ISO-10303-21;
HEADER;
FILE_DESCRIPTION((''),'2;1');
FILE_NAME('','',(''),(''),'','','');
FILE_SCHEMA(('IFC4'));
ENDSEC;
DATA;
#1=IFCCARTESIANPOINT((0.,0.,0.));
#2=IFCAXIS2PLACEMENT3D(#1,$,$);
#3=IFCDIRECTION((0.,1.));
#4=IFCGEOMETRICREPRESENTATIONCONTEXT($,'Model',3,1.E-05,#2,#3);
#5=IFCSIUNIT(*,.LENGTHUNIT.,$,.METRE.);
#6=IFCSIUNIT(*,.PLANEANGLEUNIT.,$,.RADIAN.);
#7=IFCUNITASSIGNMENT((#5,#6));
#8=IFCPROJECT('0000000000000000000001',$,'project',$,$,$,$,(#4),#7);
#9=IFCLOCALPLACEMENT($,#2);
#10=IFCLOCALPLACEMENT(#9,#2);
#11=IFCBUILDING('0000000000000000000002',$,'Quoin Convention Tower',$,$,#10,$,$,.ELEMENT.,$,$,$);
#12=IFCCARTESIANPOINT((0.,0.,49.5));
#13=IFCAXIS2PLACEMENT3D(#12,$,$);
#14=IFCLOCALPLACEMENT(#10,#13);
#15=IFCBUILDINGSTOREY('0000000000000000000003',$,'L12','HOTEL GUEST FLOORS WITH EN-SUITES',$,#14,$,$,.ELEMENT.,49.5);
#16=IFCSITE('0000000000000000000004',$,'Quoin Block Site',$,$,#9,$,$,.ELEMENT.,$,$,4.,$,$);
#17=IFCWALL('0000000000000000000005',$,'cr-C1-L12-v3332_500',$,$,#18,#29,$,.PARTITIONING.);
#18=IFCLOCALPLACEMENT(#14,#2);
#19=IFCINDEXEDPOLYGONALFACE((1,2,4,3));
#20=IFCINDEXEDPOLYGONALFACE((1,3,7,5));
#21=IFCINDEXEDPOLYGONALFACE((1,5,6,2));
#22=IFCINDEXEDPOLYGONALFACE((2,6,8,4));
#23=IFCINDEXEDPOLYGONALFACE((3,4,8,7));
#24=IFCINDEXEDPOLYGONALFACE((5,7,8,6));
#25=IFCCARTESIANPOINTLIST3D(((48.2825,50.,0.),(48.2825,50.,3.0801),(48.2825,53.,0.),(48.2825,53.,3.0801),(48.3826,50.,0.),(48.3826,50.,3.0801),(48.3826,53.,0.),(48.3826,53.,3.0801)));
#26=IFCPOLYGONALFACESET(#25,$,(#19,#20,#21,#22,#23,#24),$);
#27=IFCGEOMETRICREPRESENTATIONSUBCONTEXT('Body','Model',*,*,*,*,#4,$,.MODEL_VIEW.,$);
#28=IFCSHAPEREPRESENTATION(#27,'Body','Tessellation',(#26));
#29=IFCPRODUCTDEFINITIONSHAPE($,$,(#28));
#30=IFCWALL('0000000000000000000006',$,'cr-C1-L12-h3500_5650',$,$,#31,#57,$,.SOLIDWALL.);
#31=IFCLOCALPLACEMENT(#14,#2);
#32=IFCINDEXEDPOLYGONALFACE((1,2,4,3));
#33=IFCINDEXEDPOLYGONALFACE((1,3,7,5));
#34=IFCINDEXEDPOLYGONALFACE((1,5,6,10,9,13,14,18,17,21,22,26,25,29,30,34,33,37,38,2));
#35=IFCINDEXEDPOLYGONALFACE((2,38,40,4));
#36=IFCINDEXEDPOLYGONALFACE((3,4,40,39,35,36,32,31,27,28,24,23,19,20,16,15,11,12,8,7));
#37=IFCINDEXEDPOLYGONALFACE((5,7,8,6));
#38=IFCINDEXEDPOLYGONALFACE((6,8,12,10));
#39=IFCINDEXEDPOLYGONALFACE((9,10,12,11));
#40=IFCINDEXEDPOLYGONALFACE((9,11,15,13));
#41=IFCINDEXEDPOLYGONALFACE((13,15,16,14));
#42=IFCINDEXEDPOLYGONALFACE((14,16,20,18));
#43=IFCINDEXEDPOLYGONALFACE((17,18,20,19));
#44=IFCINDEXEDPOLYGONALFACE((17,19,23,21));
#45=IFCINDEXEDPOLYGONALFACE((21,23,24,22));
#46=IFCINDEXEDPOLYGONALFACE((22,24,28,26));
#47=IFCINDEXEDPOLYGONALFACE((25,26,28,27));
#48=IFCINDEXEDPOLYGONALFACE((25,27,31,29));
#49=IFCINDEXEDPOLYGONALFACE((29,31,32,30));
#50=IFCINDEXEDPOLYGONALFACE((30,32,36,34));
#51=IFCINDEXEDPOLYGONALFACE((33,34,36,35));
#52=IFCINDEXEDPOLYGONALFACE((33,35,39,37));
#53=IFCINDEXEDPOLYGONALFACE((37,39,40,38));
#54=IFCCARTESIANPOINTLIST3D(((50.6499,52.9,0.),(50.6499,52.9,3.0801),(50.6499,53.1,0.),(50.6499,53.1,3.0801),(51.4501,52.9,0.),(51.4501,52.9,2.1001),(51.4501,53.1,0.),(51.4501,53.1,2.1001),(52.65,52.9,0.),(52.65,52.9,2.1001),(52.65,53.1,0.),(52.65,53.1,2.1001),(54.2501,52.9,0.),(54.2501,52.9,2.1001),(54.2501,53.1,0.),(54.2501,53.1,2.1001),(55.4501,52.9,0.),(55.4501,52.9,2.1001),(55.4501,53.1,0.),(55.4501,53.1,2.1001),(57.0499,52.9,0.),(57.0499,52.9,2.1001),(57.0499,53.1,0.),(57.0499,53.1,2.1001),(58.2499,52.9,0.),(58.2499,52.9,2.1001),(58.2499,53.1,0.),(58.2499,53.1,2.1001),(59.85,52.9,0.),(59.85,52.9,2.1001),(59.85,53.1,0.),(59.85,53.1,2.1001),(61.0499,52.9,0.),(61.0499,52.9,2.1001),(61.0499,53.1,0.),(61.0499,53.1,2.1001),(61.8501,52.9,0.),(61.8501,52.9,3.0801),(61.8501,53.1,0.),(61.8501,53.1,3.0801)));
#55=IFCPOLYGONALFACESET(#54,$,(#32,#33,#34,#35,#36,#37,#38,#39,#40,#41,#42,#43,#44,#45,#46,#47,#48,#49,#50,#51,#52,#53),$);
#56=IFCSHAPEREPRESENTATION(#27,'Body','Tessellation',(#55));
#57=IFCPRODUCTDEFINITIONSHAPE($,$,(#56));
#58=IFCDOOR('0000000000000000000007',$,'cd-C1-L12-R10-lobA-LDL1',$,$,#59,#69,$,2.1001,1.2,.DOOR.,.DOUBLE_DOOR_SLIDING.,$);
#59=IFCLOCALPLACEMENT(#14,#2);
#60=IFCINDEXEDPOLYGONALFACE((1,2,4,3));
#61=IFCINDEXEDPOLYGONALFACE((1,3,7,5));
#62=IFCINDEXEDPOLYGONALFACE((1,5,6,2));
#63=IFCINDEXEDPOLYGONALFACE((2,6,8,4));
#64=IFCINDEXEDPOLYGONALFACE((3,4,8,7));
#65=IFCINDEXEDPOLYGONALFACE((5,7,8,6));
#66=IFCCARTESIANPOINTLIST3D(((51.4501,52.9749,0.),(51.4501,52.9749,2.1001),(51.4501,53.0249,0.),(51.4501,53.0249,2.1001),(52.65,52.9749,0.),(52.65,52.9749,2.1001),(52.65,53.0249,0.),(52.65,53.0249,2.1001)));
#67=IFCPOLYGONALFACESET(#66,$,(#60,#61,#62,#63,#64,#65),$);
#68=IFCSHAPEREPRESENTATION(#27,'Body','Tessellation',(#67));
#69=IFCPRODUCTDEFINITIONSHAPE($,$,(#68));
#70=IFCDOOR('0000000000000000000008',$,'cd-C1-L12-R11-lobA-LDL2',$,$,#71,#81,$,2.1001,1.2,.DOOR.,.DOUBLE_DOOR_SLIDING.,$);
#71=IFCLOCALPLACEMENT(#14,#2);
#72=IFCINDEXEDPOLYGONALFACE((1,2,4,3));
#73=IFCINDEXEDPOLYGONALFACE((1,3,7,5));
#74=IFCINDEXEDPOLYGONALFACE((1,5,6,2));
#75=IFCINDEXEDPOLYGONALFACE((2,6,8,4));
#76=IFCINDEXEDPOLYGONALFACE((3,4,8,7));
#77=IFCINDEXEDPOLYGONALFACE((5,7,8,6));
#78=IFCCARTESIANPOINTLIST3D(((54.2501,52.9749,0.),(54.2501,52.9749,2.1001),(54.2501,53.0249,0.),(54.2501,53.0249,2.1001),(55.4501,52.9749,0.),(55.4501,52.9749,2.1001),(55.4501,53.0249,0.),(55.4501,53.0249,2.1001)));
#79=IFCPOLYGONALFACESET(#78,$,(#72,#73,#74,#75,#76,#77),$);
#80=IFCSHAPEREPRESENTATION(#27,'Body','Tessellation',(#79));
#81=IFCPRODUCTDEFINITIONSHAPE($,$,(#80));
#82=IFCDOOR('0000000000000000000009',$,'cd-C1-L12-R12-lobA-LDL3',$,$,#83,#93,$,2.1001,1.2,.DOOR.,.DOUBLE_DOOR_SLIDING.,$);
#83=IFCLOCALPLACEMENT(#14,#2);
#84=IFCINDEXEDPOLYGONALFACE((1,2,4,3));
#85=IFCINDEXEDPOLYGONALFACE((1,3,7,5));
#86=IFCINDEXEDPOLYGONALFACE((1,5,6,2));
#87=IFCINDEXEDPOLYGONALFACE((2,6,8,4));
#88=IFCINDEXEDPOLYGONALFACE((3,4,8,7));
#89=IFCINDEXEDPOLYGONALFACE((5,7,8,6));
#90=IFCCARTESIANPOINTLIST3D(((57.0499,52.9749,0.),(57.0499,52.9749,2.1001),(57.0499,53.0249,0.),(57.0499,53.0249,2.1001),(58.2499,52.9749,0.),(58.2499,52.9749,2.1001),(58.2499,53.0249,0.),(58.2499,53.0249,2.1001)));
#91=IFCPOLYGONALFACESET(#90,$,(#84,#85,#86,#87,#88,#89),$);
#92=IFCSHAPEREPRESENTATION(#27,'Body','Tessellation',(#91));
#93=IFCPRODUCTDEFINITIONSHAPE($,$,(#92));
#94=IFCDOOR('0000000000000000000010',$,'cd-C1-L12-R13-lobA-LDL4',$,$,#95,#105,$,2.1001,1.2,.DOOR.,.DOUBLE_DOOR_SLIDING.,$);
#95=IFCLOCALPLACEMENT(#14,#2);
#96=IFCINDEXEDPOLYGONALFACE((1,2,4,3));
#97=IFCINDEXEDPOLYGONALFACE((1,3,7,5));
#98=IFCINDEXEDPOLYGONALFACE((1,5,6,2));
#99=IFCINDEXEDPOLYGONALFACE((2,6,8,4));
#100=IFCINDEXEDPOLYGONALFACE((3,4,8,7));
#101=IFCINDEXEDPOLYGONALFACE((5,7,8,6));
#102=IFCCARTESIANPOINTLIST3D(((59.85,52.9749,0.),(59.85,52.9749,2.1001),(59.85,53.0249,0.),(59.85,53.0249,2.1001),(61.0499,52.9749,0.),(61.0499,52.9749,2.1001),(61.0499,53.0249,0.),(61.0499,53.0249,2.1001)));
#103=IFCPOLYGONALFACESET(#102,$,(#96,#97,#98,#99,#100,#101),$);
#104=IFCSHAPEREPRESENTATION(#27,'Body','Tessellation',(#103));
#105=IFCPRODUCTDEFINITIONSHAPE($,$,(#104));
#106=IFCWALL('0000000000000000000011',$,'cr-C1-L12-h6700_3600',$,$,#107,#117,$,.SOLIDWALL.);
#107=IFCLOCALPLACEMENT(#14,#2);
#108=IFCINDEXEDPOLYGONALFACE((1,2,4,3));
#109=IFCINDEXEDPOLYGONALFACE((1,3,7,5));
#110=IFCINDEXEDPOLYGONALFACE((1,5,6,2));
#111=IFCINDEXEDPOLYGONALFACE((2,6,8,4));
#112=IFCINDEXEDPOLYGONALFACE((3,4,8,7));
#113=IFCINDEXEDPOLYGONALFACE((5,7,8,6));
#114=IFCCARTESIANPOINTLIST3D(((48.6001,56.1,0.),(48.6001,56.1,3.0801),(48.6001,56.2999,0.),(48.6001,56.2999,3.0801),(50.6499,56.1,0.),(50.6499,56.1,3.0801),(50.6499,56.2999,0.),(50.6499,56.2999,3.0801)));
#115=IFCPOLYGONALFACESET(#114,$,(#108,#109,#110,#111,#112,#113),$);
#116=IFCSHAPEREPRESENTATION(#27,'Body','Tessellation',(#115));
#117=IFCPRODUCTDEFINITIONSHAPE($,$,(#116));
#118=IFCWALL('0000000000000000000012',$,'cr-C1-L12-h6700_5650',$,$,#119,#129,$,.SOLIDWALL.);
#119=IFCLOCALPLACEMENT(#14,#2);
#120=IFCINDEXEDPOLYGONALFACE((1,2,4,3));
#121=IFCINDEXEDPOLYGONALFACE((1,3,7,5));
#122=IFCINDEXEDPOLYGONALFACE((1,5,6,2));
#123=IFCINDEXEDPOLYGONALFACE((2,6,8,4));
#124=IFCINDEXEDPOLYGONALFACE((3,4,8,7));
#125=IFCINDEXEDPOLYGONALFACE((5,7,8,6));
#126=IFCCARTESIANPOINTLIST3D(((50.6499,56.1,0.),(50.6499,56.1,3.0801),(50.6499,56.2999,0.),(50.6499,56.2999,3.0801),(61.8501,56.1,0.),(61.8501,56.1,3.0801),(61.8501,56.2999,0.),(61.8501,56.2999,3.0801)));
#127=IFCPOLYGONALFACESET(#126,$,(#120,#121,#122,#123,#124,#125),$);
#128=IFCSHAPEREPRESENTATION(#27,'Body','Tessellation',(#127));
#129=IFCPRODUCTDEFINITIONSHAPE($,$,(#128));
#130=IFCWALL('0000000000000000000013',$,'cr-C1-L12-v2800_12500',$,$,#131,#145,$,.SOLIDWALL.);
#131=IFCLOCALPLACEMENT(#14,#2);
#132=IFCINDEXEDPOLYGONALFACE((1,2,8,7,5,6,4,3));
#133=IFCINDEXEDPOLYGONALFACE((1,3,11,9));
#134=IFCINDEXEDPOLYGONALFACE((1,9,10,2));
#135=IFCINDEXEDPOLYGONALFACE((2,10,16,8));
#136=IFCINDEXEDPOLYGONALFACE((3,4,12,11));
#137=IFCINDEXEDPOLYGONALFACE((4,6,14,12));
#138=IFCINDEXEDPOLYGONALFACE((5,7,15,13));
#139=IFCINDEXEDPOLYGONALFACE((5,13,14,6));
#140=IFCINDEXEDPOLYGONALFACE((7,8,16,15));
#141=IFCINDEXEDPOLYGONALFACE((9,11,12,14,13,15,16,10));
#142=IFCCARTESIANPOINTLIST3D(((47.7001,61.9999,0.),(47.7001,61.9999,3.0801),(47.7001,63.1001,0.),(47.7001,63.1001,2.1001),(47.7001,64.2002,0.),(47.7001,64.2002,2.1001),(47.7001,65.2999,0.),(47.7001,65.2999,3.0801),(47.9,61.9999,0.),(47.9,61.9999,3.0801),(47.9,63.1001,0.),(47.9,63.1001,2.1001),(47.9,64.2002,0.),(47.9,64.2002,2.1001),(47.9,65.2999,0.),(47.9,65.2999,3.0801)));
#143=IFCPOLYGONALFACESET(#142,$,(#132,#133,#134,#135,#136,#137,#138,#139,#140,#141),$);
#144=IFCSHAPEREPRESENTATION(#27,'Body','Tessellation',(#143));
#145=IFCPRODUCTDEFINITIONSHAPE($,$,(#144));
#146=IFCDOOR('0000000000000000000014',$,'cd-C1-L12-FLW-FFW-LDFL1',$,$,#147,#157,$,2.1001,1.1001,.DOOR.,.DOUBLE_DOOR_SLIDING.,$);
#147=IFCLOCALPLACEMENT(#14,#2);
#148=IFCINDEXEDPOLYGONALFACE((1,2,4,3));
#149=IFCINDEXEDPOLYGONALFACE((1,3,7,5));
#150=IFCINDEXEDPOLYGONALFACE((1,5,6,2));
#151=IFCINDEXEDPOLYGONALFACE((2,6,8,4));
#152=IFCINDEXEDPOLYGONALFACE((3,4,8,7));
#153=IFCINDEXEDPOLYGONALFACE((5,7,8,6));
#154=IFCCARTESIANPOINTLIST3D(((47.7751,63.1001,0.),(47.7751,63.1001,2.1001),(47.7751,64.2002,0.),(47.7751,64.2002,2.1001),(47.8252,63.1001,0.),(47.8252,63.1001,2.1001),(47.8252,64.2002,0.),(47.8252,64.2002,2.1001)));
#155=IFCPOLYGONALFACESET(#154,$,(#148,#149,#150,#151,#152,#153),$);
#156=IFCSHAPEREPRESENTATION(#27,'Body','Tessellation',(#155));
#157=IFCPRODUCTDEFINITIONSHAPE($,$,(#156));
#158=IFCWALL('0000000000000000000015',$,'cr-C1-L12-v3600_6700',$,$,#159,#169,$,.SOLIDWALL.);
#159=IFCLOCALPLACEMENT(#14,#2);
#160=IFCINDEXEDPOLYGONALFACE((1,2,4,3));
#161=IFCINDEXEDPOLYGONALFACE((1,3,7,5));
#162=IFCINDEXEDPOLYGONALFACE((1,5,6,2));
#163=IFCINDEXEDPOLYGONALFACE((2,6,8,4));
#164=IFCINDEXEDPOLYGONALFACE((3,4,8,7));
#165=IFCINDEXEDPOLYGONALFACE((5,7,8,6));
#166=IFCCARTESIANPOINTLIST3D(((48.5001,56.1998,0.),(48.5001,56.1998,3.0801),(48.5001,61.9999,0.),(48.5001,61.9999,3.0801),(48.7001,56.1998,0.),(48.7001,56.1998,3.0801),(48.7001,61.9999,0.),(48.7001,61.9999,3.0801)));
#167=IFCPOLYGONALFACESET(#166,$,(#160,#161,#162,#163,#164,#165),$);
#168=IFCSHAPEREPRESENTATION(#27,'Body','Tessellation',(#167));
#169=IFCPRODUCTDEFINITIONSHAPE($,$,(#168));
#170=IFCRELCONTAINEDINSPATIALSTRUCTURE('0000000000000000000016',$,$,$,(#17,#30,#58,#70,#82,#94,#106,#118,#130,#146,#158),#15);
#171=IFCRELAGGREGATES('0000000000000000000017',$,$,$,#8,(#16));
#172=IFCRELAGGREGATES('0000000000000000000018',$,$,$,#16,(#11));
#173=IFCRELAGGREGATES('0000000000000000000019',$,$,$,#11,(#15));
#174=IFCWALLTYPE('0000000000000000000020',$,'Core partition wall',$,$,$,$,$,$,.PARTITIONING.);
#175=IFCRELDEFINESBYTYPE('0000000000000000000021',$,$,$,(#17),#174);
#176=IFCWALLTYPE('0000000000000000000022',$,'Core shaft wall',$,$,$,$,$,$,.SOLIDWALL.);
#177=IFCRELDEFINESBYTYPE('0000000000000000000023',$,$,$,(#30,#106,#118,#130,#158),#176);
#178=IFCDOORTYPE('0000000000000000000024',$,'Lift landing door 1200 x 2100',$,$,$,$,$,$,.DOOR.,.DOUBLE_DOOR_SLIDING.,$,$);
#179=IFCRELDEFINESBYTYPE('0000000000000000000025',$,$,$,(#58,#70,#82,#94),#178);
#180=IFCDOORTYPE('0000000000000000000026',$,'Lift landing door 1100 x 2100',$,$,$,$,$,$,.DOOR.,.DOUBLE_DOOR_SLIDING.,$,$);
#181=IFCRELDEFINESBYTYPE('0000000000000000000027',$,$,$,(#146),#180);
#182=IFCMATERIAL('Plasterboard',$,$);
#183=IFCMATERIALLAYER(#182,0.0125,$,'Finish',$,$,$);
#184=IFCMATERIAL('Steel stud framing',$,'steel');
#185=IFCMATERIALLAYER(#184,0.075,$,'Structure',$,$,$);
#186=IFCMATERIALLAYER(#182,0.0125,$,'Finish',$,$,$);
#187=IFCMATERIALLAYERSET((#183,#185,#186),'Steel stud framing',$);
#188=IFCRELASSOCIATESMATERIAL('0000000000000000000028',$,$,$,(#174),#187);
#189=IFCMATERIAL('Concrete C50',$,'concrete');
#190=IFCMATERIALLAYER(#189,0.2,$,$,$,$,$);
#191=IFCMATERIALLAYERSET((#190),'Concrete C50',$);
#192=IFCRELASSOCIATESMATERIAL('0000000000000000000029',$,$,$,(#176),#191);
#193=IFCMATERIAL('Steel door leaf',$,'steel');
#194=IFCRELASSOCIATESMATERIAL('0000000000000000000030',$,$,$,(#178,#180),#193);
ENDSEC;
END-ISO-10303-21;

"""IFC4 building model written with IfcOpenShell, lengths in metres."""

from ifc_helpers import new_model, si_unit, direction, frame, frame_2d, origin, place, context, subcontext, project, spatial, rectangle, extrude, material, layer, layer_set, type_object, element, fill, save


model = new_model("IFC4")

# Units and contexts
model_context = context("Model", 3, precision=1e-05, world=origin(), true_north=direction((0.0, 1.0)))
body_context = subcontext(model_context, "Body", "Model", "MODEL_VIEW")
ifc_project = project(units=[si_unit("LENGTHUNIT", "METRE"), si_unit("PLANEANGLEUNIT", "RADIAN")], contexts=[model_context])

# Site, building, storey
site_placement = place(None, origin())
site = spatial("IfcSite", under=ifc_project, at=site_placement, Name="Quoin Block Site", CompositionType="ELEMENT", RefElevation=4.0)
building_placement = place(site_placement, origin())
building = spatial("IfcBuilding", under=site, at=building_placement, Name="Quoin Convention Tower", CompositionType="ELEMENT")
storey_placement = place(building_placement, frame((0.0, 0.0, 49.5)))
storey = spatial("IfcBuildingStorey", under=building, at=storey_placement, Name="L12", Description="HOTEL GUEST FLOORS WITH EN-SUITES", CompositionType="ELEMENT", Elevation=49.5)

# Wall
ifc_material_1 = material(Name="Plasterboard")
ifc_layer_1 = layer(ifc_material_1, 0.0125, Name="Finish")
ifc_material_2 = material(Name="Steel stud framing", Category="steel")
ifc_layer_2 = layer(ifc_material_2, 0.075, Name="Structure")
ifc_layer_3 = layer(ifc_material_1, 0.0125, Name="Finish")
ifc_layer_set_1 = layer_set([ifc_layer_1, ifc_layer_2, ifc_layer_3], Name="Steel stud framing")
wall_type_1 = type_object("IfcWallType", Name="Core partition wall", PredefinedType="PARTITIONING", material=ifc_layer_set_1)
wall_1_placement = place(storey_placement, frame((48.3325, 50.0, 0.0), z_axis=(0.0, 0.0, 1.0), x_axis=(0.0, 1.0, 0.0)))
element("IfcWall", 1, at=wall_1_placement, inside=storey, type_object=wall_type_1, Name="cr-C1-L12-v3332_500", PredefinedType="PARTITIONING", context=body_context, shape_type="SweptSolid", body=[
    extrude(rectangle(XDim=3.0, YDim=0.1001, at=frame_2d((1.5, 0.0))), origin(), (0.0, 0.0, 1.0), 3.0801),
])

# Wall, openings, doors
ifc_material_3 = material(Name="Concrete C50", Category="concrete")
ifc_layer_4 = layer(ifc_material_3, 0.2)
ifc_layer_set_2 = layer_set([ifc_layer_4], Name="Concrete C50")
wall_type_2 = type_object("IfcWallType", Name="Core shaft wall", PredefinedType="SOLIDWALL", material=ifc_layer_set_2)
wall_2_placement = place(storey_placement, frame((50.6499, 53.0, 0.0), z_axis=(0.0, 0.0, 1.0), x_axis=(1.0, 0.0, 0.0)))
wall_2 = element("IfcWall", 2, at=wall_2_placement, inside=storey, type_object=wall_type_2, Name="cr-C1-L12-h3500_5650", PredefinedType="SOLIDWALL", context=body_context, shape_type="SweptSolid", body=[
    extrude(rectangle(XDim=11.2002, YDim=0.2, at=frame_2d((5.6001, 0.0))), origin(), (0.0, 0.0, 1.0), 3.0801),
])
opening_1_placement = place(wall_2_placement, frame((0.8, 0.0, 0.0)))
opening_1 = element("IfcOpeningElement", 3, at=opening_1_placement, cuts=wall_2, PredefinedType="OPENING", context=body_context, shape_type="SweptSolid", body=[
    extrude(rectangle(XDim=1.2, YDim=2.1001, at=frame_2d((0.6001, 1.05))), frame((0.0, 0.1099, 0.0), z_axis=(0.0, -1.0, 0.0), x_axis=(1.0, 0.0, 0.0)), (0.0, 0.0, 1.0), 0.22),
])
opening_2_placement = place(wall_2_placement, frame((3.6001, 0.0, 0.0)))
opening_2 = element("IfcOpeningElement", 4, at=opening_2_placement, cuts=wall_2, PredefinedType="OPENING", context=body_context, shape_type="SweptSolid", body=[
    extrude(rectangle(XDim=1.2, YDim=2.1001, at=frame_2d((0.6001, 1.05))), frame((0.0, 0.1099, 0.0), z_axis=(0.0, -1.0, 0.0), x_axis=(1.0, 0.0, 0.0)), (0.0, 0.0, 1.0), 0.22),
])
opening_3_placement = place(wall_2_placement, frame((6.3999, 0.0, 0.0)))
opening_3 = element("IfcOpeningElement", 5, at=opening_3_placement, cuts=wall_2, PredefinedType="OPENING", context=body_context, shape_type="SweptSolid", body=[
    extrude(rectangle(XDim=1.2, YDim=2.1001, at=frame_2d((0.6001, 1.05))), frame((0.0, 0.1099, 0.0), z_axis=(0.0, -1.0, 0.0), x_axis=(1.0, 0.0, 0.0)), (0.0, 0.0, 1.0), 0.22),
])
opening_4_placement = place(wall_2_placement, frame((9.2, 0.0, 0.0)))
opening_4 = element("IfcOpeningElement", 6, at=opening_4_placement, cuts=wall_2, PredefinedType="OPENING", context=body_context, shape_type="SweptSolid", body=[
    extrude(rectangle(XDim=1.2, YDim=2.1001, at=frame_2d((0.6001, 1.05))), frame((0.0, 0.1099, 0.0), z_axis=(0.0, -1.0, 0.0), x_axis=(1.0, 0.0, 0.0)), (0.0, 0.0, 1.0), 0.22),
])
ifc_material_4 = material(Name="Steel door leaf", Category="steel")
door_type_1 = type_object("IfcDoorType", Name="Lift landing door 1200 x 2100", OperationType="DOUBLE_DOOR_SLIDING", PredefinedType="DOOR", material=ifc_material_4)
door_1_placement = place(opening_1_placement, origin())
door_1 = element("IfcDoor", 7, at=door_1_placement, inside=storey, type_object=door_type_1, Name="cd-C1-L12-R10-lobA-LDL1", OperationType="DOUBLE_DOOR_SLIDING", OverallHeight=2.1001, OverallWidth=1.2, PredefinedType="DOOR", context=body_context, shape_type="SweptSolid", body=[
    extrude(rectangle(XDim=1.2, YDim=2.1001, at=frame_2d((0.6001, 1.05))), frame((0.0, 0.0249, 0.0), z_axis=(0.0, -1.0, 0.0), x_axis=(1.0, 0.0, 0.0)), (0.0, 0.0, 1.0), 0.05),
])
fill(opening_1, door_1)
door_2_placement = place(opening_2_placement, origin())
door_2 = element("IfcDoor", 8, at=door_2_placement, inside=storey, type_object=door_type_1, Name="cd-C1-L12-R11-lobA-LDL2", OperationType="DOUBLE_DOOR_SLIDING", OverallHeight=2.1001, OverallWidth=1.2, PredefinedType="DOOR", context=body_context, shape_type="SweptSolid", body=[
    extrude(rectangle(XDim=1.2, YDim=2.1001, at=frame_2d((0.6001, 1.05))), frame((0.0, 0.0249, 0.0), z_axis=(0.0, -1.0, 0.0), x_axis=(1.0, 0.0, 0.0)), (0.0, 0.0, 1.0), 0.05),
])
fill(opening_2, door_2)
door_3_placement = place(opening_3_placement, origin())
door_3 = element("IfcDoor", 9, at=door_3_placement, inside=storey, type_object=door_type_1, Name="cd-C1-L12-R12-lobA-LDL3", OperationType="DOUBLE_DOOR_SLIDING", OverallHeight=2.1001, OverallWidth=1.2, PredefinedType="DOOR", context=body_context, shape_type="SweptSolid", body=[
    extrude(rectangle(XDim=1.2, YDim=2.1001, at=frame_2d((0.6001, 1.05))), frame((0.0, 0.0249, 0.0), z_axis=(0.0, -1.0, 0.0), x_axis=(1.0, 0.0, 0.0)), (0.0, 0.0, 1.0), 0.05),
])
fill(opening_3, door_3)
door_4_placement = place(opening_4_placement, origin())
door_4 = element("IfcDoor", 10, at=door_4_placement, inside=storey, type_object=door_type_1, Name="cd-C1-L12-R13-lobA-LDL4", OperationType="DOUBLE_DOOR_SLIDING", OverallHeight=2.1001, OverallWidth=1.2, PredefinedType="DOOR", context=body_context, shape_type="SweptSolid", body=[
    extrude(rectangle(XDim=1.2, YDim=2.1001, at=frame_2d((0.6001, 1.05))), frame((0.0, 0.0249, 0.0), z_axis=(0.0, -1.0, 0.0), x_axis=(1.0, 0.0, 0.0)), (0.0, 0.0, 1.0), 0.05),
])
fill(opening_4, door_4)

# Walls
wall_3_placement = place(storey_placement, frame((48.6001, 56.2, 0.0), z_axis=(0.0, 0.0, 1.0), x_axis=(1.0, 0.0, 0.0)))
element("IfcWall", 11, at=wall_3_placement, inside=storey, type_object=wall_type_2, Name="cr-C1-L12-h6700_3600", PredefinedType="SOLIDWALL", context=body_context, shape_type="SweptSolid", body=[
    extrude(rectangle(XDim=2.0498, YDim=0.2, at=frame_2d((1.0249, 0.0))), origin(), (0.0, 0.0, 1.0), 3.0801),
])
wall_4_placement = place(storey_placement, frame((50.6499, 56.2, 0.0), z_axis=(0.0, 0.0, 1.0), x_axis=(1.0, 0.0, 0.0)))
element("IfcWall", 12, at=wall_4_placement, inside=storey, type_object=wall_type_2, Name="cr-C1-L12-h6700_5650", PredefinedType="SOLIDWALL", context=body_context, shape_type="SweptSolid", body=[
    extrude(rectangle(XDim=11.2002, YDim=0.2, at=frame_2d((5.6001, 0.0))), origin(), (0.0, 0.0, 1.0), 3.0801),
])

# Wall, opening, door
wall_5_placement = place(storey_placement, frame((47.8, 62.0, 0.0), z_axis=(0.0, 0.0, 1.0), x_axis=(0.0, 1.0, 0.0)))
wall_5 = element("IfcWall", 13, at=wall_5_placement, inside=storey, type_object=wall_type_2, Name="cr-C1-L12-v2800_12500", PredefinedType="SOLIDWALL", context=body_context, shape_type="SweptSolid", body=[
    extrude(rectangle(XDim=3.3, YDim=0.2, at=frame_2d((1.6499, 0.0))), origin(), (0.0, 0.0, 1.0), 3.0801),
])
opening_5_placement = place(wall_5_placement, frame((1.1001, 0.0, 0.0)))
opening_5 = element("IfcOpeningElement", 14, at=opening_5_placement, cuts=wall_5, PredefinedType="OPENING", context=body_context, shape_type="SweptSolid", body=[
    extrude(rectangle(XDim=1.1001, YDim=2.1001, at=frame_2d((0.55, 1.05))), frame((0.0, 0.1099, 0.0), z_axis=(0.0, -1.0, 0.0), x_axis=(1.0, 0.0, 0.0)), (0.0, 0.0, 1.0), 0.22),
])
door_type_2 = type_object("IfcDoorType", Name="Lift landing door 1100 x 2100", OperationType="DOUBLE_DOOR_SLIDING", PredefinedType="DOOR", material=ifc_material_4)
door_5_placement = place(opening_5_placement, origin())
door_5 = element("IfcDoor", 15, at=door_5_placement, inside=storey, type_object=door_type_2, Name="cd-C1-L12-FLW-FFW-LDFL1", OperationType="DOUBLE_DOOR_SLIDING", OverallHeight=2.1001, OverallWidth=1.1001, PredefinedType="DOOR", context=body_context, shape_type="SweptSolid", body=[
    extrude(rectangle(XDim=1.1001, YDim=2.1001, at=frame_2d((0.55, 1.05))), frame((0.0, 0.0249, 0.0), z_axis=(0.0, -1.0, 0.0), x_axis=(1.0, 0.0, 0.0)), (0.0, 0.0, 1.0), 0.05),
])
fill(opening_5, door_5)

# Wall
wall_6_placement = place(storey_placement, frame((48.6001, 56.2, 0.0), z_axis=(0.0, 0.0, 1.0), x_axis=(0.0, 1.0, 0.0)))
element("IfcWall", 16, at=wall_6_placement, inside=storey, type_object=wall_type_2, Name="cr-C1-L12-v3600_6700", PredefinedType="SOLIDWALL", context=body_context, shape_type="SweptSolid", body=[
    extrude(rectangle(XDim=5.8, YDim=0.2, at=frame_2d((2.8999, 0.0))), origin(), (0.0, 0.0, 1.0), 3.0801),
])

save(model, "model.ifc")
